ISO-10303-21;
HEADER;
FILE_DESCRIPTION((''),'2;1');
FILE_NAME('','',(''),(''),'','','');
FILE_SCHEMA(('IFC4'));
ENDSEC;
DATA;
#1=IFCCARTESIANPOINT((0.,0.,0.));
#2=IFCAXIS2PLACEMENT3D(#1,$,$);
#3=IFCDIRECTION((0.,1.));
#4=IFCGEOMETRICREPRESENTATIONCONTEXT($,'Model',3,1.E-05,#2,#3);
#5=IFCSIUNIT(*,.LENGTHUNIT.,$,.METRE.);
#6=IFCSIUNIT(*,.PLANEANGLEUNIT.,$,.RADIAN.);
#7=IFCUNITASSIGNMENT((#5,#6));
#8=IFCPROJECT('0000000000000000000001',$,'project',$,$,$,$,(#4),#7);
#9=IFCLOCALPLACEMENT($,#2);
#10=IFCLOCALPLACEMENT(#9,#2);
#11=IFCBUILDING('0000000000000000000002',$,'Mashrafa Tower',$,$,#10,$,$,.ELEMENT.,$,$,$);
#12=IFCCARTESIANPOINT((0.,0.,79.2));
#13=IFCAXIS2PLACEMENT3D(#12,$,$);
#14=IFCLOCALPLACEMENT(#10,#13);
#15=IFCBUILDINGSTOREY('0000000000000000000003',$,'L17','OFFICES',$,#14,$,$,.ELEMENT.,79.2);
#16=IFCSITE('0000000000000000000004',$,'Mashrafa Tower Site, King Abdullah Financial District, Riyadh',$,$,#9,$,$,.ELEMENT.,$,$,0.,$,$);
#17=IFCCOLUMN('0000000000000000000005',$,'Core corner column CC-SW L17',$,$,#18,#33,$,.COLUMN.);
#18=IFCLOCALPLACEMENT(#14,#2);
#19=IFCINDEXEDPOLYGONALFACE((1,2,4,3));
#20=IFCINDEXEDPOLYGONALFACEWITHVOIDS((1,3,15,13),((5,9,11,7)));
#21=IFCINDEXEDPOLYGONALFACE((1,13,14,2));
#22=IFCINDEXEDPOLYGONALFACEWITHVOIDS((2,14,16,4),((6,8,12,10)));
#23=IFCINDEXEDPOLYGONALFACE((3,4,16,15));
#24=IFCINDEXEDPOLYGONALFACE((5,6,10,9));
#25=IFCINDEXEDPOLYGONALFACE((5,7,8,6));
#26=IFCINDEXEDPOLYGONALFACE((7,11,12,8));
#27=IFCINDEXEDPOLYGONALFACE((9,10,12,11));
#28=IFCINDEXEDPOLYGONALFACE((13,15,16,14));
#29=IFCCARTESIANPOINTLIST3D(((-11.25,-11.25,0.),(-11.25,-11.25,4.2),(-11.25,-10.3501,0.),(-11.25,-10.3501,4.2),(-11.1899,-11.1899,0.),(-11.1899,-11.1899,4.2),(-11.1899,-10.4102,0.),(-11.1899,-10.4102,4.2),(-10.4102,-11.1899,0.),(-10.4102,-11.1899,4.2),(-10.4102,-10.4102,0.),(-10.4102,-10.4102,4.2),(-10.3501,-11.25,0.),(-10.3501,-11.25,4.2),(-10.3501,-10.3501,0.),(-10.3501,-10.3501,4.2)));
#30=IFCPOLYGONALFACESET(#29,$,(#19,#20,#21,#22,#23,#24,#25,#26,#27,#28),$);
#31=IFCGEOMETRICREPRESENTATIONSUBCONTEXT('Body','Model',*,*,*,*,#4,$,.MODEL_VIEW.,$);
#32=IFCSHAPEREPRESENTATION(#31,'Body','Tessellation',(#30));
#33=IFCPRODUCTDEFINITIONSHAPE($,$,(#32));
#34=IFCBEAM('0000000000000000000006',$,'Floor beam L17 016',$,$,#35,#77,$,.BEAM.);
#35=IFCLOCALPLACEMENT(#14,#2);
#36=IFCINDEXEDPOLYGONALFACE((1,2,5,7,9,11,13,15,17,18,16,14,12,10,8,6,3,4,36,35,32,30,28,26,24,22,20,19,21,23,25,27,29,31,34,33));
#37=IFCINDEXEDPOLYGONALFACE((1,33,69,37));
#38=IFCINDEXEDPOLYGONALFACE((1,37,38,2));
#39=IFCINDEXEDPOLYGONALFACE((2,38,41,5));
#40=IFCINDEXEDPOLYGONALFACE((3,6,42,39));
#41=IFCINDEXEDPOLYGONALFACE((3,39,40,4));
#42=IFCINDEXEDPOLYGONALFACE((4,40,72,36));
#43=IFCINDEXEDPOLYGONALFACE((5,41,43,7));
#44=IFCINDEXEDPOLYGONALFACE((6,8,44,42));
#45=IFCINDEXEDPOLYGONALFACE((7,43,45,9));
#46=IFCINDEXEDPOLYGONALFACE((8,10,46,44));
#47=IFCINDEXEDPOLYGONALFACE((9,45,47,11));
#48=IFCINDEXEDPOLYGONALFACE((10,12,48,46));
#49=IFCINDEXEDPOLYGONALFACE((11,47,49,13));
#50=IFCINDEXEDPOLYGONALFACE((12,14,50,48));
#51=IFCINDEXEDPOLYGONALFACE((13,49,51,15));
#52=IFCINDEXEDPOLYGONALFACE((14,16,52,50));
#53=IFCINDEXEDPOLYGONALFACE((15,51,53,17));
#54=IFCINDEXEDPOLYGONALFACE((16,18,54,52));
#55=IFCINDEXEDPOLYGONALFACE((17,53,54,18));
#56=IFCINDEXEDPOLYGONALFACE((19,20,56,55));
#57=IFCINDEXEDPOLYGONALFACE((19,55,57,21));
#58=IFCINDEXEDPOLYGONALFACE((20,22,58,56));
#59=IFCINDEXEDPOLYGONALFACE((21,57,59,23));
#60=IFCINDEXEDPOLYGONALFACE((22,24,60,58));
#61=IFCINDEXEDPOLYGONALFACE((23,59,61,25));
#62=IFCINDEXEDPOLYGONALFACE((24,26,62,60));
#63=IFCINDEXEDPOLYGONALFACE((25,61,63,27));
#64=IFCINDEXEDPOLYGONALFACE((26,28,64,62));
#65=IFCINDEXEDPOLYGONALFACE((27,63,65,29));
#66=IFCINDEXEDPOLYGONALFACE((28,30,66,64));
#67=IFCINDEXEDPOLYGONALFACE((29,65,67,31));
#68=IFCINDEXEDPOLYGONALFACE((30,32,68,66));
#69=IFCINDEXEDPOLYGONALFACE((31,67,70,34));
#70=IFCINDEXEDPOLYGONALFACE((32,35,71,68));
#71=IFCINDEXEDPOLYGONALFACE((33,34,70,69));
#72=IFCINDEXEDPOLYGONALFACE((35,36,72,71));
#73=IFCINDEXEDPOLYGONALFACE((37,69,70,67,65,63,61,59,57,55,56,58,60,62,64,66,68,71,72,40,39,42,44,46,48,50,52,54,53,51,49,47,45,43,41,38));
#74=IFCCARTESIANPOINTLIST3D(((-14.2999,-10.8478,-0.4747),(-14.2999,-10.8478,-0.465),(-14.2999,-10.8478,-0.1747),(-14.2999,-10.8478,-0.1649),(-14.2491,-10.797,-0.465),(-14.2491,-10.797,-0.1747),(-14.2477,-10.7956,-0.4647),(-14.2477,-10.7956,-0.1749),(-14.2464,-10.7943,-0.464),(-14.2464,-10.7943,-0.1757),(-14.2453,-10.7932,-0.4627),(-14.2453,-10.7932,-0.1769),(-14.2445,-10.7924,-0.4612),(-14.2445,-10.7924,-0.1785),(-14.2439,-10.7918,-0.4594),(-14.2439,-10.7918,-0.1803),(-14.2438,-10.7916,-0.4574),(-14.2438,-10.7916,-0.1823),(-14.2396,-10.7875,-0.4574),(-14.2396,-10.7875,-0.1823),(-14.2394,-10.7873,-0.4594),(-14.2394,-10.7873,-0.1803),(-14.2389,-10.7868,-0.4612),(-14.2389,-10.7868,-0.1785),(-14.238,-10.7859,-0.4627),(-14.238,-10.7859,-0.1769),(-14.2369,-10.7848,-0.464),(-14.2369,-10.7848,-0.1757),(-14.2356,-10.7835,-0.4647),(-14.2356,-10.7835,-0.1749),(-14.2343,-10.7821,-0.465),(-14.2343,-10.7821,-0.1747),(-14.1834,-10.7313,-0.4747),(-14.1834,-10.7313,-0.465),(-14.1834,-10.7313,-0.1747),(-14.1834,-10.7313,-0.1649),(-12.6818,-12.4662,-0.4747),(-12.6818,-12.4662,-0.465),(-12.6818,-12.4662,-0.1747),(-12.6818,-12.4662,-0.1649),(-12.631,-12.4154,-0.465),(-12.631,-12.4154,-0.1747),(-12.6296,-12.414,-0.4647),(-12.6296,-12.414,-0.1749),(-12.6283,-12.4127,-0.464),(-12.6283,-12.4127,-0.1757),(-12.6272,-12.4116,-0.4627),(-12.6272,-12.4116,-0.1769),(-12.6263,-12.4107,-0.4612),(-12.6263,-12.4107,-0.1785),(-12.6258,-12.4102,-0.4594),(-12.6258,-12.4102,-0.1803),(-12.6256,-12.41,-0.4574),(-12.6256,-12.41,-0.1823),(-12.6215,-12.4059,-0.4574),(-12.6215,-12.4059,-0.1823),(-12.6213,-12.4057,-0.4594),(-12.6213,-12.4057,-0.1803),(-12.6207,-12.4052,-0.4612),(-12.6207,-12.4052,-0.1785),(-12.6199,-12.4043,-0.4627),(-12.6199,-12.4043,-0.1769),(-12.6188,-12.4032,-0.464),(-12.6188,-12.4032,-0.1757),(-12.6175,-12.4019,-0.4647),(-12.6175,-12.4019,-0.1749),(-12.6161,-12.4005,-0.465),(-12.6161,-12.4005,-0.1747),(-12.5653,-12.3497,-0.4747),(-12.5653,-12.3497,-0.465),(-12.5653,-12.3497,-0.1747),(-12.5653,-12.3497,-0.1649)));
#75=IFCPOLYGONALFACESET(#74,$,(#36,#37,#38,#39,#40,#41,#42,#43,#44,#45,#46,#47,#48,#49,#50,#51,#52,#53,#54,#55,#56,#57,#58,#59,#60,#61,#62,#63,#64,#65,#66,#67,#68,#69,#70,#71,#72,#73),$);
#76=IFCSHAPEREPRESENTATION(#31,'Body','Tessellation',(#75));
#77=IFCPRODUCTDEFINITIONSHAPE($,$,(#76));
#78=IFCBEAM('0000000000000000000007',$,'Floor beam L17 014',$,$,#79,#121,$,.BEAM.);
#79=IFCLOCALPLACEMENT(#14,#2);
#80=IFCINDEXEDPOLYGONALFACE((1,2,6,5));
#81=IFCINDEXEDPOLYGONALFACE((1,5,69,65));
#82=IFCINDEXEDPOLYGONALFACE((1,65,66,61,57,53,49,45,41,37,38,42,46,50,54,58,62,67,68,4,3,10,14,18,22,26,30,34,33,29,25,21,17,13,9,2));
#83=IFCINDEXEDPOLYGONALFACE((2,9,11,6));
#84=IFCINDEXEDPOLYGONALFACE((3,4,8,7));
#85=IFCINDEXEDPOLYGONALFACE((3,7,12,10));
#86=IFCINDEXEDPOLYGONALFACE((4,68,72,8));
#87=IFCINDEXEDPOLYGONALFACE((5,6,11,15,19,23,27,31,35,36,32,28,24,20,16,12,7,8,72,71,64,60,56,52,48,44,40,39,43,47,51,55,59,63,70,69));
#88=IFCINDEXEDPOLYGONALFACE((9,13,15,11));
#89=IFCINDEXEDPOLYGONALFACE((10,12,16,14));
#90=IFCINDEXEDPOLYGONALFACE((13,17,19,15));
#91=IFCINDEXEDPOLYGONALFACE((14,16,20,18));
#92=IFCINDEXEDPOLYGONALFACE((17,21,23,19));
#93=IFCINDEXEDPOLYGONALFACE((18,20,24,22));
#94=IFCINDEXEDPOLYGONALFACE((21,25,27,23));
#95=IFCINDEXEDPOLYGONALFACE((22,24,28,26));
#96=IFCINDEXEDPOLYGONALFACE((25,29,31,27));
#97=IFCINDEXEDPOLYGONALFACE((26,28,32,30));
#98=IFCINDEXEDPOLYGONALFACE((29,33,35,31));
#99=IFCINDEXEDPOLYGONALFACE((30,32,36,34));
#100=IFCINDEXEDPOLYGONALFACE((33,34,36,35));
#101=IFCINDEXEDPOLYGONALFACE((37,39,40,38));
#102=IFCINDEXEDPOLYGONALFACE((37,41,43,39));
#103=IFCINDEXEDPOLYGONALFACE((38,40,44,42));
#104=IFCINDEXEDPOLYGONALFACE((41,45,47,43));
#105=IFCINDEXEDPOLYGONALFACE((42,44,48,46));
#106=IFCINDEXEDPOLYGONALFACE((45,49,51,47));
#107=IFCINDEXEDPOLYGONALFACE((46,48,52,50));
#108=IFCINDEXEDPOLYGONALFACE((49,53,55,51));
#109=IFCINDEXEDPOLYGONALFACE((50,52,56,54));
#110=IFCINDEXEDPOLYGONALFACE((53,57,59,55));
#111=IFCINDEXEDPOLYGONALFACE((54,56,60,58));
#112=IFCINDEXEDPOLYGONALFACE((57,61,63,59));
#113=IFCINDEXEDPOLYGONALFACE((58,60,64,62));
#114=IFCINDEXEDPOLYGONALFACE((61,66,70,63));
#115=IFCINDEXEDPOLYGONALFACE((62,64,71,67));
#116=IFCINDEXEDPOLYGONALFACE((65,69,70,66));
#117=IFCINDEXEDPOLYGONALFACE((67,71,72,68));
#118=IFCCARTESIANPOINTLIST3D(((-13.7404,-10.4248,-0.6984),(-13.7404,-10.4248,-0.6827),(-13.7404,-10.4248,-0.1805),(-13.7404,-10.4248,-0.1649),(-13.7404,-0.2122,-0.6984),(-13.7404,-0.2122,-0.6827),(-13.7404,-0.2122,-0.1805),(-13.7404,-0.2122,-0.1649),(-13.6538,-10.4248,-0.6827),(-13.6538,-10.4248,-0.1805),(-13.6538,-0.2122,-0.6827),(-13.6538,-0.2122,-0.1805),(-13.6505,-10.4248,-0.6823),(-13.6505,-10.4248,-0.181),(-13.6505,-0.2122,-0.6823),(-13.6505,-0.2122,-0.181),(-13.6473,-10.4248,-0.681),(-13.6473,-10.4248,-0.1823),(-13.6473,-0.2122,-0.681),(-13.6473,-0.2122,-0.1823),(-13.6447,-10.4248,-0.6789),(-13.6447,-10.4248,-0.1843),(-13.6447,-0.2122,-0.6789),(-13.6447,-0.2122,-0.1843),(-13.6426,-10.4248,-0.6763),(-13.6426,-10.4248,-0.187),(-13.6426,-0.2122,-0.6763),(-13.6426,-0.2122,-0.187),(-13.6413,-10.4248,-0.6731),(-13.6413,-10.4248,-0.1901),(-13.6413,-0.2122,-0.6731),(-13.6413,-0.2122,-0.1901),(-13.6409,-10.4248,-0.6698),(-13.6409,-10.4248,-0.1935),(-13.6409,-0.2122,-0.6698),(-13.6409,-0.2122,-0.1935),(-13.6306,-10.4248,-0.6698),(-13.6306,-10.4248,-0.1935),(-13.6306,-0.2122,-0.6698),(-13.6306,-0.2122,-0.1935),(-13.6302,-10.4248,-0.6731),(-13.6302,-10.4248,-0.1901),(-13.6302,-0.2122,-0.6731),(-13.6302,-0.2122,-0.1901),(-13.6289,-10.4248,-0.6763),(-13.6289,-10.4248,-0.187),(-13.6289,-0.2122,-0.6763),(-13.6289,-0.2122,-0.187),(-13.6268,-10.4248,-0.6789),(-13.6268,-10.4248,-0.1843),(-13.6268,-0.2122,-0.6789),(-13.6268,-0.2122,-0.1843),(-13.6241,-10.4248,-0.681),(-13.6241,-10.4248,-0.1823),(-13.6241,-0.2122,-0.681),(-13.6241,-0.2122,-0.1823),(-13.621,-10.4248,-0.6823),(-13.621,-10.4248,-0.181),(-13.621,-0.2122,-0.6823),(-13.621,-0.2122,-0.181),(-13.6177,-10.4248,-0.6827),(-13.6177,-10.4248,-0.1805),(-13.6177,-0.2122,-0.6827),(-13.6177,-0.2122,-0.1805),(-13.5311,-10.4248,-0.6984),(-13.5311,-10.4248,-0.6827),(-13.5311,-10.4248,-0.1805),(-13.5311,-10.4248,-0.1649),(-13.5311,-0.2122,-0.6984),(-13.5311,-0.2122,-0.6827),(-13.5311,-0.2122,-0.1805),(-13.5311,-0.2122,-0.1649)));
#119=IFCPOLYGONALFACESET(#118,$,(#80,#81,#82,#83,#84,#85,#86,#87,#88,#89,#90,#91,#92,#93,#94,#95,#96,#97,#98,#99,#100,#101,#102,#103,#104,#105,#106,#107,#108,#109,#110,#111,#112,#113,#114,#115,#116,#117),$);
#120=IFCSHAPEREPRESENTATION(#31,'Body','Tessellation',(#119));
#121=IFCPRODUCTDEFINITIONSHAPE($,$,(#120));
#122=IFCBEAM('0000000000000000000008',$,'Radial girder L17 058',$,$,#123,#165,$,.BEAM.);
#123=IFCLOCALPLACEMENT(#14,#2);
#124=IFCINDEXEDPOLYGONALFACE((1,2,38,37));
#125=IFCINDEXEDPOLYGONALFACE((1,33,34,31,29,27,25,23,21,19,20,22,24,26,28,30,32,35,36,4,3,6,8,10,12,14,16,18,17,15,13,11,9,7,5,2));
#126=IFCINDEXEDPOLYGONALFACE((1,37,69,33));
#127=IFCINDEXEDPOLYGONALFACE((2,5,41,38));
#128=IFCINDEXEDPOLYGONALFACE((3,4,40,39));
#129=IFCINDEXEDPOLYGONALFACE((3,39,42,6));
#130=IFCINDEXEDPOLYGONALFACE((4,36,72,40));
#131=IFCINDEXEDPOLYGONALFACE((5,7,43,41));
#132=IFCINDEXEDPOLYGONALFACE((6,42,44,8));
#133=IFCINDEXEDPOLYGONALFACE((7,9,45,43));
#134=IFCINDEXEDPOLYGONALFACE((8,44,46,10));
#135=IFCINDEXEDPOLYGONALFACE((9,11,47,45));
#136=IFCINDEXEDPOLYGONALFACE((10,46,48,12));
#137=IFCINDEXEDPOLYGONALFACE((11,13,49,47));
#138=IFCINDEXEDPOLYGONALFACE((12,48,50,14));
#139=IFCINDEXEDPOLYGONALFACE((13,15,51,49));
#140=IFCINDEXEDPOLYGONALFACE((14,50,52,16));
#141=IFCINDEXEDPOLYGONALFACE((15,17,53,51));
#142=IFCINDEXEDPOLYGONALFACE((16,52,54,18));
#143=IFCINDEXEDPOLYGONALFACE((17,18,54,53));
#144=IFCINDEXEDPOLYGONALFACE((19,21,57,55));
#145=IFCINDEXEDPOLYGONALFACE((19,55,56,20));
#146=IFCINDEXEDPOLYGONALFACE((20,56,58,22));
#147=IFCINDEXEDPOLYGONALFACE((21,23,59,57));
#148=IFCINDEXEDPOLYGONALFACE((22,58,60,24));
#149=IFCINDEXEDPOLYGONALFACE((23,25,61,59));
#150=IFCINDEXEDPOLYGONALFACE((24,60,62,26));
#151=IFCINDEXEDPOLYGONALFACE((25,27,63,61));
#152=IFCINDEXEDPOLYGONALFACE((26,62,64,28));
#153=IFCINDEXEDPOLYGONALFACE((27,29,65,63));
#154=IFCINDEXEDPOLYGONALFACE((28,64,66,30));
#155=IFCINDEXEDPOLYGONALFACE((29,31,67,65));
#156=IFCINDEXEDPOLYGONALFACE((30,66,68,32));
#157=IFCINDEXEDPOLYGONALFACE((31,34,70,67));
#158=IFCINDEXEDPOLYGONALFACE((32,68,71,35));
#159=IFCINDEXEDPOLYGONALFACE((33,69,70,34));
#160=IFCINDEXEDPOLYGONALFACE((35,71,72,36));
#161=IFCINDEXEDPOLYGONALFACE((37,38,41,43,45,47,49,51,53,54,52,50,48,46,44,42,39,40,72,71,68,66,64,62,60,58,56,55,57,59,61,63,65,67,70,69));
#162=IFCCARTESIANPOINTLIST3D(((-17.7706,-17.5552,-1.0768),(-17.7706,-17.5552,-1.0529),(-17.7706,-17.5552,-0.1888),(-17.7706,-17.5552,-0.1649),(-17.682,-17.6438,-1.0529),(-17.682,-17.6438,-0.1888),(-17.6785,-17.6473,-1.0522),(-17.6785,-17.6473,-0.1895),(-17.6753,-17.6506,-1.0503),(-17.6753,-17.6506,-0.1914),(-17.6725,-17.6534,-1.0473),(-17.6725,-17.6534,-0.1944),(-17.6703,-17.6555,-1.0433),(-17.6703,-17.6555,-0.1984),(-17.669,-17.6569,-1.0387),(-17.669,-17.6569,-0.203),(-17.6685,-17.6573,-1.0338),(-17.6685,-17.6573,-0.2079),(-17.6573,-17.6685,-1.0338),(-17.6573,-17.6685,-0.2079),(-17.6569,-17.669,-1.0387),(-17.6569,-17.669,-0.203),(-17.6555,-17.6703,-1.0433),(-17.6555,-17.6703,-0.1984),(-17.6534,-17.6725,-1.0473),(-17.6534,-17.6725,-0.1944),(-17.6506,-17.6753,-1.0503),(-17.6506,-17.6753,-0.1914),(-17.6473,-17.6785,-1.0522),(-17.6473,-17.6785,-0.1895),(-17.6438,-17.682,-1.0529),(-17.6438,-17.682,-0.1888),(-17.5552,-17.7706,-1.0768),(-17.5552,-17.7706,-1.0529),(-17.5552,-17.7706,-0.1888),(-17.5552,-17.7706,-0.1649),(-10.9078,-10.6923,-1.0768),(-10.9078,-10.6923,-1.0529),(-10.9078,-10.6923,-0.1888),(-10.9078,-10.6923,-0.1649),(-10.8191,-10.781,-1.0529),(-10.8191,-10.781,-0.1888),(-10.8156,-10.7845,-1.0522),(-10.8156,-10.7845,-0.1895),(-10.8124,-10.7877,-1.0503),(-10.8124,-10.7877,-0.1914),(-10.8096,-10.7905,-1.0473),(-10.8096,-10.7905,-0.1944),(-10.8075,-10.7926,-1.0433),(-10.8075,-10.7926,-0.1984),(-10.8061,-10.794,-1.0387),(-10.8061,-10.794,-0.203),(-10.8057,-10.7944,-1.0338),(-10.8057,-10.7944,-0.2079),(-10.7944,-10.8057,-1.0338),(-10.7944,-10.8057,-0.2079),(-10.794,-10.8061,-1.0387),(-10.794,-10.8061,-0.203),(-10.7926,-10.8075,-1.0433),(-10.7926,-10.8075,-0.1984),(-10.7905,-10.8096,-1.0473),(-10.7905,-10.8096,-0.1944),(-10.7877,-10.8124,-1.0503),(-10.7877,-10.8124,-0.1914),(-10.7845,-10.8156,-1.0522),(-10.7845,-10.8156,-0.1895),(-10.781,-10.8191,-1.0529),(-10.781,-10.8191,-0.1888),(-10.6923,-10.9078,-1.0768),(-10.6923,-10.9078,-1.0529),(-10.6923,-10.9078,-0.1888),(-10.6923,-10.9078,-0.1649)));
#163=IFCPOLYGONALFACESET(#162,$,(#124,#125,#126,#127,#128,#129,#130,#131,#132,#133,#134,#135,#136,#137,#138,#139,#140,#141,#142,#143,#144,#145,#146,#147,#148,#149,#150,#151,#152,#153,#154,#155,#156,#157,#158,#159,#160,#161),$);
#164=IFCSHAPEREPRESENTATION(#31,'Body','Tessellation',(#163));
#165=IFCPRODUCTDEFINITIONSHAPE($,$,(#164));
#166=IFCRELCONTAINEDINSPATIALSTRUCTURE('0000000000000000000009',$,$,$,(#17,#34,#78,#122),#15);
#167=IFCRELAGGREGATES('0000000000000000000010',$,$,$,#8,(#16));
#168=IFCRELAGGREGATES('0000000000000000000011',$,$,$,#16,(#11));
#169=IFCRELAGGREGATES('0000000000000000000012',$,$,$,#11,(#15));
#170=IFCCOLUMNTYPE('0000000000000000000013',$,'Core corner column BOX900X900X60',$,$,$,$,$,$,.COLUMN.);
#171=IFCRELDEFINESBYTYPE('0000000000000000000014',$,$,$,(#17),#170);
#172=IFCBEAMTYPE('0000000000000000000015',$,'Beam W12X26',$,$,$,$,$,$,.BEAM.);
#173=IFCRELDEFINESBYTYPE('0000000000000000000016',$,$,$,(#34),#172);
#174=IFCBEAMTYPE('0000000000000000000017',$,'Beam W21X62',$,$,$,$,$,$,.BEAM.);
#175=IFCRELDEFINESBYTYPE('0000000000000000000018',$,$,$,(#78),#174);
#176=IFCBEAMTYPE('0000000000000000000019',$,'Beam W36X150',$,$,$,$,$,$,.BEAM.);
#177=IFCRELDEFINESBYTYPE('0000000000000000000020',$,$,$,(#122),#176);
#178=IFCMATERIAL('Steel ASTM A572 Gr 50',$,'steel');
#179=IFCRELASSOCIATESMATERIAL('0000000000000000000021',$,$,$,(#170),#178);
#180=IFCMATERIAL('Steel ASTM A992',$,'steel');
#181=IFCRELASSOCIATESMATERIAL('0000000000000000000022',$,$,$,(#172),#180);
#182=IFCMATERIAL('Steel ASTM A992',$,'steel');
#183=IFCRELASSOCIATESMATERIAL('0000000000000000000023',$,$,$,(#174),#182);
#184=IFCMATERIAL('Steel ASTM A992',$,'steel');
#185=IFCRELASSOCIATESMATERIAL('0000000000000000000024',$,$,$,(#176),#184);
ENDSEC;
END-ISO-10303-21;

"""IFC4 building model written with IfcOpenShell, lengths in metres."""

from ifc_helpers import new_model, si_unit, direction, frame, origin, origin_2d, place, context, subcontext, project, spatial, hollow_rectangle, i_section, extrude, material, material_profile, profile_set, type_object, element, save


model = new_model("IFC4")

# Units and contexts
model_context = context("Model", 3, precision=1e-05, world=origin(), true_north=direction((0.0, 1.0)))
body_context = subcontext(model_context, "Body", "Model", "MODEL_VIEW")
ifc_project = project(units=[si_unit("LENGTHUNIT", "METRE"), si_unit("PLANEANGLEUNIT", "RADIAN")], contexts=[model_context])

# Site, building, storey
site_placement = place(None, origin())
site = spatial("IfcSite", under=ifc_project, at=site_placement, Name="Mashrafa Tower Site, King Abdullah Financial District, Riyadh", CompositionType="ELEMENT", RefElevation=0.0)
building_placement = place(site_placement, origin())
building = spatial("IfcBuilding", under=site, at=building_placement, Name="Mashrafa Tower", CompositionType="ELEMENT")
storey_placement = place(building_placement, frame((0.0, 0.0, 79.2)))
storey = spatial("IfcBuildingStorey", under=building, at=storey_placement, Name="L17", Description="OFFICES", CompositionType="ELEMENT", Elevation=79.2)

# Column
ifc_material_1 = material(Name="Steel ASTM A572 Gr 50", Category="steel")
ifc_material_profile_1 = material_profile(ifc_material_1, hollow_rectangle(XDim=0.8999, YDim=0.8999, WallThickness=0.0601, at=origin_2d()), Name="BOX900X900X60")
ifc_profile_set_1 = profile_set([ifc_material_profile_1], Name="Steel ASTM A572 Gr 50")
column_type = type_object("IfcColumnType", Name="Core corner column BOX900X900X60", PredefinedType="COLUMN", material=ifc_profile_set_1)
column_placement = place(storey_placement, frame((-10.8, -10.8, 0.0), z_axis=(0.0, 0.0, 1.0), x_axis=(1.0, 0.0, 0.0)))
element("IfcColumn", 1, at=column_placement, inside=storey, type_object=column_type, Name="Core corner column CC-SW L17", PredefinedType="COLUMN", context=body_context, shape_type="SweptSolid", body=[
    extrude(hollow_rectangle(XDim=0.8999, YDim=0.8999, WallThickness=0.0601, at=origin_2d()), origin(), (0.0, 0.0, 1.0), 4.2),
])

# Beams
ifc_material_2 = material(Name="Steel ASTM A992", Category="steel")
ifc_material_profile_2 = material_profile(ifc_material_2, i_section(OverallWidth=0.1648, OverallDepth=0.3098, WebThickness=0.0059, FlangeThickness=0.0098, FilletRadius=0.0076, at=origin_2d()), Name="W12X26")
ifc_profile_set_2 = profile_set([ifc_material_profile_2], Name="Steel ASTM A992")
beam_type_1 = type_object("IfcBeamType", Name="Beam W12X26", PredefinedType="BEAM", material=ifc_profile_set_2)
beam_1_placement = place(storey_placement, frame((-12.6235, -12.408, -0.3198), z_axis=(-0.707053, 0.70716, 0.0), x_axis=(-0.70716, -0.707053, 0.0)))
element("IfcBeam", 2, at=beam_1_placement, inside=storey, type_object=beam_type_1, Name="Floor beam L17 016", PredefinedType="BEAM", context=body_context, shape_type="SweptSolid", body=[
    extrude(i_section(OverallWidth=0.1648, OverallDepth=0.3098, WebThickness=0.0059, FlangeThickness=0.0098, FilletRadius=0.0076, at=origin_2d()), origin(), (0.0, 0.0, 1.0), 2.2886),
])
ifc_material_3 = material(Name="Steel ASTM A992", Category="steel")
ifc_material_profile_3 = material_profile(ifc_material_3, i_section(OverallWidth=0.2092, OverallDepth=0.5334, WebThickness=0.0103, FlangeThickness=0.0156, FilletRadius=0.0129, at=origin_2d()), Name="W21X62")
ifc_profile_set_3 = profile_set([ifc_material_profile_3], Name="Steel ASTM A992")
beam_type_2 = type_object("IfcBeamType", Name="Beam W21X62", PredefinedType="BEAM", material=ifc_profile_set_3)
beam_2_placement = place(storey_placement, frame((-13.6357, -10.4248, -0.4316), z_axis=(0.0, 1.0, 0.0), x_axis=(-1.0, 0.0, 0.0)))
element("IfcBeam", 3, at=beam_2_placement, inside=storey, type_object=beam_type_2, Name="Floor beam L17 014", PredefinedType="BEAM", context=body_context, shape_type="SweptSolid", body=[
    extrude(i_section(OverallWidth=0.2092, OverallDepth=0.5334, WebThickness=0.0103, FlangeThickness=0.0156, FilletRadius=0.0129, at=origin_2d()), origin(), (0.0, 0.0, 1.0), 10.2126),
])
ifc_material_4 = material(Name="Steel ASTM A992", Category="steel")
ifc_material_profile_4 = material_profile(ifc_material_4, i_section(OverallWidth=0.3047, OverallDepth=0.9119, WebThickness=0.0159, FlangeThickness=0.0239, FilletRadius=0.019, at=origin_2d()), Name="W36X150")
ifc_profile_set_4 = profile_set([ifc_material_profile_4], Name="Steel ASTM A992")
beam_type_3 = type_object("IfcBeamType", Name="Beam W36X150", PredefinedType="BEAM", material=ifc_profile_set_4)
beam_3_placement = place(storey_placement, frame((-10.8, -10.8, -0.6208), z_axis=(-0.707107, -0.707107, 0.0), x_axis=(0.707107, -0.707107, 0.0)))
element("IfcBeam", 4, at=beam_3_placement, inside=storey, type_object=beam_type_3, Name="Radial girder L17 058", PredefinedType="BEAM", context=body_context, shape_type="SweptSolid", body=[
    extrude(i_section(OverallWidth=0.3047, OverallDepth=0.9119, WebThickness=0.0159, FlangeThickness=0.0239, FilletRadius=0.019, at=origin_2d()), origin(), (0.0, 0.0, 1.0), 9.7056),
])

save(model, "model.ifc")
